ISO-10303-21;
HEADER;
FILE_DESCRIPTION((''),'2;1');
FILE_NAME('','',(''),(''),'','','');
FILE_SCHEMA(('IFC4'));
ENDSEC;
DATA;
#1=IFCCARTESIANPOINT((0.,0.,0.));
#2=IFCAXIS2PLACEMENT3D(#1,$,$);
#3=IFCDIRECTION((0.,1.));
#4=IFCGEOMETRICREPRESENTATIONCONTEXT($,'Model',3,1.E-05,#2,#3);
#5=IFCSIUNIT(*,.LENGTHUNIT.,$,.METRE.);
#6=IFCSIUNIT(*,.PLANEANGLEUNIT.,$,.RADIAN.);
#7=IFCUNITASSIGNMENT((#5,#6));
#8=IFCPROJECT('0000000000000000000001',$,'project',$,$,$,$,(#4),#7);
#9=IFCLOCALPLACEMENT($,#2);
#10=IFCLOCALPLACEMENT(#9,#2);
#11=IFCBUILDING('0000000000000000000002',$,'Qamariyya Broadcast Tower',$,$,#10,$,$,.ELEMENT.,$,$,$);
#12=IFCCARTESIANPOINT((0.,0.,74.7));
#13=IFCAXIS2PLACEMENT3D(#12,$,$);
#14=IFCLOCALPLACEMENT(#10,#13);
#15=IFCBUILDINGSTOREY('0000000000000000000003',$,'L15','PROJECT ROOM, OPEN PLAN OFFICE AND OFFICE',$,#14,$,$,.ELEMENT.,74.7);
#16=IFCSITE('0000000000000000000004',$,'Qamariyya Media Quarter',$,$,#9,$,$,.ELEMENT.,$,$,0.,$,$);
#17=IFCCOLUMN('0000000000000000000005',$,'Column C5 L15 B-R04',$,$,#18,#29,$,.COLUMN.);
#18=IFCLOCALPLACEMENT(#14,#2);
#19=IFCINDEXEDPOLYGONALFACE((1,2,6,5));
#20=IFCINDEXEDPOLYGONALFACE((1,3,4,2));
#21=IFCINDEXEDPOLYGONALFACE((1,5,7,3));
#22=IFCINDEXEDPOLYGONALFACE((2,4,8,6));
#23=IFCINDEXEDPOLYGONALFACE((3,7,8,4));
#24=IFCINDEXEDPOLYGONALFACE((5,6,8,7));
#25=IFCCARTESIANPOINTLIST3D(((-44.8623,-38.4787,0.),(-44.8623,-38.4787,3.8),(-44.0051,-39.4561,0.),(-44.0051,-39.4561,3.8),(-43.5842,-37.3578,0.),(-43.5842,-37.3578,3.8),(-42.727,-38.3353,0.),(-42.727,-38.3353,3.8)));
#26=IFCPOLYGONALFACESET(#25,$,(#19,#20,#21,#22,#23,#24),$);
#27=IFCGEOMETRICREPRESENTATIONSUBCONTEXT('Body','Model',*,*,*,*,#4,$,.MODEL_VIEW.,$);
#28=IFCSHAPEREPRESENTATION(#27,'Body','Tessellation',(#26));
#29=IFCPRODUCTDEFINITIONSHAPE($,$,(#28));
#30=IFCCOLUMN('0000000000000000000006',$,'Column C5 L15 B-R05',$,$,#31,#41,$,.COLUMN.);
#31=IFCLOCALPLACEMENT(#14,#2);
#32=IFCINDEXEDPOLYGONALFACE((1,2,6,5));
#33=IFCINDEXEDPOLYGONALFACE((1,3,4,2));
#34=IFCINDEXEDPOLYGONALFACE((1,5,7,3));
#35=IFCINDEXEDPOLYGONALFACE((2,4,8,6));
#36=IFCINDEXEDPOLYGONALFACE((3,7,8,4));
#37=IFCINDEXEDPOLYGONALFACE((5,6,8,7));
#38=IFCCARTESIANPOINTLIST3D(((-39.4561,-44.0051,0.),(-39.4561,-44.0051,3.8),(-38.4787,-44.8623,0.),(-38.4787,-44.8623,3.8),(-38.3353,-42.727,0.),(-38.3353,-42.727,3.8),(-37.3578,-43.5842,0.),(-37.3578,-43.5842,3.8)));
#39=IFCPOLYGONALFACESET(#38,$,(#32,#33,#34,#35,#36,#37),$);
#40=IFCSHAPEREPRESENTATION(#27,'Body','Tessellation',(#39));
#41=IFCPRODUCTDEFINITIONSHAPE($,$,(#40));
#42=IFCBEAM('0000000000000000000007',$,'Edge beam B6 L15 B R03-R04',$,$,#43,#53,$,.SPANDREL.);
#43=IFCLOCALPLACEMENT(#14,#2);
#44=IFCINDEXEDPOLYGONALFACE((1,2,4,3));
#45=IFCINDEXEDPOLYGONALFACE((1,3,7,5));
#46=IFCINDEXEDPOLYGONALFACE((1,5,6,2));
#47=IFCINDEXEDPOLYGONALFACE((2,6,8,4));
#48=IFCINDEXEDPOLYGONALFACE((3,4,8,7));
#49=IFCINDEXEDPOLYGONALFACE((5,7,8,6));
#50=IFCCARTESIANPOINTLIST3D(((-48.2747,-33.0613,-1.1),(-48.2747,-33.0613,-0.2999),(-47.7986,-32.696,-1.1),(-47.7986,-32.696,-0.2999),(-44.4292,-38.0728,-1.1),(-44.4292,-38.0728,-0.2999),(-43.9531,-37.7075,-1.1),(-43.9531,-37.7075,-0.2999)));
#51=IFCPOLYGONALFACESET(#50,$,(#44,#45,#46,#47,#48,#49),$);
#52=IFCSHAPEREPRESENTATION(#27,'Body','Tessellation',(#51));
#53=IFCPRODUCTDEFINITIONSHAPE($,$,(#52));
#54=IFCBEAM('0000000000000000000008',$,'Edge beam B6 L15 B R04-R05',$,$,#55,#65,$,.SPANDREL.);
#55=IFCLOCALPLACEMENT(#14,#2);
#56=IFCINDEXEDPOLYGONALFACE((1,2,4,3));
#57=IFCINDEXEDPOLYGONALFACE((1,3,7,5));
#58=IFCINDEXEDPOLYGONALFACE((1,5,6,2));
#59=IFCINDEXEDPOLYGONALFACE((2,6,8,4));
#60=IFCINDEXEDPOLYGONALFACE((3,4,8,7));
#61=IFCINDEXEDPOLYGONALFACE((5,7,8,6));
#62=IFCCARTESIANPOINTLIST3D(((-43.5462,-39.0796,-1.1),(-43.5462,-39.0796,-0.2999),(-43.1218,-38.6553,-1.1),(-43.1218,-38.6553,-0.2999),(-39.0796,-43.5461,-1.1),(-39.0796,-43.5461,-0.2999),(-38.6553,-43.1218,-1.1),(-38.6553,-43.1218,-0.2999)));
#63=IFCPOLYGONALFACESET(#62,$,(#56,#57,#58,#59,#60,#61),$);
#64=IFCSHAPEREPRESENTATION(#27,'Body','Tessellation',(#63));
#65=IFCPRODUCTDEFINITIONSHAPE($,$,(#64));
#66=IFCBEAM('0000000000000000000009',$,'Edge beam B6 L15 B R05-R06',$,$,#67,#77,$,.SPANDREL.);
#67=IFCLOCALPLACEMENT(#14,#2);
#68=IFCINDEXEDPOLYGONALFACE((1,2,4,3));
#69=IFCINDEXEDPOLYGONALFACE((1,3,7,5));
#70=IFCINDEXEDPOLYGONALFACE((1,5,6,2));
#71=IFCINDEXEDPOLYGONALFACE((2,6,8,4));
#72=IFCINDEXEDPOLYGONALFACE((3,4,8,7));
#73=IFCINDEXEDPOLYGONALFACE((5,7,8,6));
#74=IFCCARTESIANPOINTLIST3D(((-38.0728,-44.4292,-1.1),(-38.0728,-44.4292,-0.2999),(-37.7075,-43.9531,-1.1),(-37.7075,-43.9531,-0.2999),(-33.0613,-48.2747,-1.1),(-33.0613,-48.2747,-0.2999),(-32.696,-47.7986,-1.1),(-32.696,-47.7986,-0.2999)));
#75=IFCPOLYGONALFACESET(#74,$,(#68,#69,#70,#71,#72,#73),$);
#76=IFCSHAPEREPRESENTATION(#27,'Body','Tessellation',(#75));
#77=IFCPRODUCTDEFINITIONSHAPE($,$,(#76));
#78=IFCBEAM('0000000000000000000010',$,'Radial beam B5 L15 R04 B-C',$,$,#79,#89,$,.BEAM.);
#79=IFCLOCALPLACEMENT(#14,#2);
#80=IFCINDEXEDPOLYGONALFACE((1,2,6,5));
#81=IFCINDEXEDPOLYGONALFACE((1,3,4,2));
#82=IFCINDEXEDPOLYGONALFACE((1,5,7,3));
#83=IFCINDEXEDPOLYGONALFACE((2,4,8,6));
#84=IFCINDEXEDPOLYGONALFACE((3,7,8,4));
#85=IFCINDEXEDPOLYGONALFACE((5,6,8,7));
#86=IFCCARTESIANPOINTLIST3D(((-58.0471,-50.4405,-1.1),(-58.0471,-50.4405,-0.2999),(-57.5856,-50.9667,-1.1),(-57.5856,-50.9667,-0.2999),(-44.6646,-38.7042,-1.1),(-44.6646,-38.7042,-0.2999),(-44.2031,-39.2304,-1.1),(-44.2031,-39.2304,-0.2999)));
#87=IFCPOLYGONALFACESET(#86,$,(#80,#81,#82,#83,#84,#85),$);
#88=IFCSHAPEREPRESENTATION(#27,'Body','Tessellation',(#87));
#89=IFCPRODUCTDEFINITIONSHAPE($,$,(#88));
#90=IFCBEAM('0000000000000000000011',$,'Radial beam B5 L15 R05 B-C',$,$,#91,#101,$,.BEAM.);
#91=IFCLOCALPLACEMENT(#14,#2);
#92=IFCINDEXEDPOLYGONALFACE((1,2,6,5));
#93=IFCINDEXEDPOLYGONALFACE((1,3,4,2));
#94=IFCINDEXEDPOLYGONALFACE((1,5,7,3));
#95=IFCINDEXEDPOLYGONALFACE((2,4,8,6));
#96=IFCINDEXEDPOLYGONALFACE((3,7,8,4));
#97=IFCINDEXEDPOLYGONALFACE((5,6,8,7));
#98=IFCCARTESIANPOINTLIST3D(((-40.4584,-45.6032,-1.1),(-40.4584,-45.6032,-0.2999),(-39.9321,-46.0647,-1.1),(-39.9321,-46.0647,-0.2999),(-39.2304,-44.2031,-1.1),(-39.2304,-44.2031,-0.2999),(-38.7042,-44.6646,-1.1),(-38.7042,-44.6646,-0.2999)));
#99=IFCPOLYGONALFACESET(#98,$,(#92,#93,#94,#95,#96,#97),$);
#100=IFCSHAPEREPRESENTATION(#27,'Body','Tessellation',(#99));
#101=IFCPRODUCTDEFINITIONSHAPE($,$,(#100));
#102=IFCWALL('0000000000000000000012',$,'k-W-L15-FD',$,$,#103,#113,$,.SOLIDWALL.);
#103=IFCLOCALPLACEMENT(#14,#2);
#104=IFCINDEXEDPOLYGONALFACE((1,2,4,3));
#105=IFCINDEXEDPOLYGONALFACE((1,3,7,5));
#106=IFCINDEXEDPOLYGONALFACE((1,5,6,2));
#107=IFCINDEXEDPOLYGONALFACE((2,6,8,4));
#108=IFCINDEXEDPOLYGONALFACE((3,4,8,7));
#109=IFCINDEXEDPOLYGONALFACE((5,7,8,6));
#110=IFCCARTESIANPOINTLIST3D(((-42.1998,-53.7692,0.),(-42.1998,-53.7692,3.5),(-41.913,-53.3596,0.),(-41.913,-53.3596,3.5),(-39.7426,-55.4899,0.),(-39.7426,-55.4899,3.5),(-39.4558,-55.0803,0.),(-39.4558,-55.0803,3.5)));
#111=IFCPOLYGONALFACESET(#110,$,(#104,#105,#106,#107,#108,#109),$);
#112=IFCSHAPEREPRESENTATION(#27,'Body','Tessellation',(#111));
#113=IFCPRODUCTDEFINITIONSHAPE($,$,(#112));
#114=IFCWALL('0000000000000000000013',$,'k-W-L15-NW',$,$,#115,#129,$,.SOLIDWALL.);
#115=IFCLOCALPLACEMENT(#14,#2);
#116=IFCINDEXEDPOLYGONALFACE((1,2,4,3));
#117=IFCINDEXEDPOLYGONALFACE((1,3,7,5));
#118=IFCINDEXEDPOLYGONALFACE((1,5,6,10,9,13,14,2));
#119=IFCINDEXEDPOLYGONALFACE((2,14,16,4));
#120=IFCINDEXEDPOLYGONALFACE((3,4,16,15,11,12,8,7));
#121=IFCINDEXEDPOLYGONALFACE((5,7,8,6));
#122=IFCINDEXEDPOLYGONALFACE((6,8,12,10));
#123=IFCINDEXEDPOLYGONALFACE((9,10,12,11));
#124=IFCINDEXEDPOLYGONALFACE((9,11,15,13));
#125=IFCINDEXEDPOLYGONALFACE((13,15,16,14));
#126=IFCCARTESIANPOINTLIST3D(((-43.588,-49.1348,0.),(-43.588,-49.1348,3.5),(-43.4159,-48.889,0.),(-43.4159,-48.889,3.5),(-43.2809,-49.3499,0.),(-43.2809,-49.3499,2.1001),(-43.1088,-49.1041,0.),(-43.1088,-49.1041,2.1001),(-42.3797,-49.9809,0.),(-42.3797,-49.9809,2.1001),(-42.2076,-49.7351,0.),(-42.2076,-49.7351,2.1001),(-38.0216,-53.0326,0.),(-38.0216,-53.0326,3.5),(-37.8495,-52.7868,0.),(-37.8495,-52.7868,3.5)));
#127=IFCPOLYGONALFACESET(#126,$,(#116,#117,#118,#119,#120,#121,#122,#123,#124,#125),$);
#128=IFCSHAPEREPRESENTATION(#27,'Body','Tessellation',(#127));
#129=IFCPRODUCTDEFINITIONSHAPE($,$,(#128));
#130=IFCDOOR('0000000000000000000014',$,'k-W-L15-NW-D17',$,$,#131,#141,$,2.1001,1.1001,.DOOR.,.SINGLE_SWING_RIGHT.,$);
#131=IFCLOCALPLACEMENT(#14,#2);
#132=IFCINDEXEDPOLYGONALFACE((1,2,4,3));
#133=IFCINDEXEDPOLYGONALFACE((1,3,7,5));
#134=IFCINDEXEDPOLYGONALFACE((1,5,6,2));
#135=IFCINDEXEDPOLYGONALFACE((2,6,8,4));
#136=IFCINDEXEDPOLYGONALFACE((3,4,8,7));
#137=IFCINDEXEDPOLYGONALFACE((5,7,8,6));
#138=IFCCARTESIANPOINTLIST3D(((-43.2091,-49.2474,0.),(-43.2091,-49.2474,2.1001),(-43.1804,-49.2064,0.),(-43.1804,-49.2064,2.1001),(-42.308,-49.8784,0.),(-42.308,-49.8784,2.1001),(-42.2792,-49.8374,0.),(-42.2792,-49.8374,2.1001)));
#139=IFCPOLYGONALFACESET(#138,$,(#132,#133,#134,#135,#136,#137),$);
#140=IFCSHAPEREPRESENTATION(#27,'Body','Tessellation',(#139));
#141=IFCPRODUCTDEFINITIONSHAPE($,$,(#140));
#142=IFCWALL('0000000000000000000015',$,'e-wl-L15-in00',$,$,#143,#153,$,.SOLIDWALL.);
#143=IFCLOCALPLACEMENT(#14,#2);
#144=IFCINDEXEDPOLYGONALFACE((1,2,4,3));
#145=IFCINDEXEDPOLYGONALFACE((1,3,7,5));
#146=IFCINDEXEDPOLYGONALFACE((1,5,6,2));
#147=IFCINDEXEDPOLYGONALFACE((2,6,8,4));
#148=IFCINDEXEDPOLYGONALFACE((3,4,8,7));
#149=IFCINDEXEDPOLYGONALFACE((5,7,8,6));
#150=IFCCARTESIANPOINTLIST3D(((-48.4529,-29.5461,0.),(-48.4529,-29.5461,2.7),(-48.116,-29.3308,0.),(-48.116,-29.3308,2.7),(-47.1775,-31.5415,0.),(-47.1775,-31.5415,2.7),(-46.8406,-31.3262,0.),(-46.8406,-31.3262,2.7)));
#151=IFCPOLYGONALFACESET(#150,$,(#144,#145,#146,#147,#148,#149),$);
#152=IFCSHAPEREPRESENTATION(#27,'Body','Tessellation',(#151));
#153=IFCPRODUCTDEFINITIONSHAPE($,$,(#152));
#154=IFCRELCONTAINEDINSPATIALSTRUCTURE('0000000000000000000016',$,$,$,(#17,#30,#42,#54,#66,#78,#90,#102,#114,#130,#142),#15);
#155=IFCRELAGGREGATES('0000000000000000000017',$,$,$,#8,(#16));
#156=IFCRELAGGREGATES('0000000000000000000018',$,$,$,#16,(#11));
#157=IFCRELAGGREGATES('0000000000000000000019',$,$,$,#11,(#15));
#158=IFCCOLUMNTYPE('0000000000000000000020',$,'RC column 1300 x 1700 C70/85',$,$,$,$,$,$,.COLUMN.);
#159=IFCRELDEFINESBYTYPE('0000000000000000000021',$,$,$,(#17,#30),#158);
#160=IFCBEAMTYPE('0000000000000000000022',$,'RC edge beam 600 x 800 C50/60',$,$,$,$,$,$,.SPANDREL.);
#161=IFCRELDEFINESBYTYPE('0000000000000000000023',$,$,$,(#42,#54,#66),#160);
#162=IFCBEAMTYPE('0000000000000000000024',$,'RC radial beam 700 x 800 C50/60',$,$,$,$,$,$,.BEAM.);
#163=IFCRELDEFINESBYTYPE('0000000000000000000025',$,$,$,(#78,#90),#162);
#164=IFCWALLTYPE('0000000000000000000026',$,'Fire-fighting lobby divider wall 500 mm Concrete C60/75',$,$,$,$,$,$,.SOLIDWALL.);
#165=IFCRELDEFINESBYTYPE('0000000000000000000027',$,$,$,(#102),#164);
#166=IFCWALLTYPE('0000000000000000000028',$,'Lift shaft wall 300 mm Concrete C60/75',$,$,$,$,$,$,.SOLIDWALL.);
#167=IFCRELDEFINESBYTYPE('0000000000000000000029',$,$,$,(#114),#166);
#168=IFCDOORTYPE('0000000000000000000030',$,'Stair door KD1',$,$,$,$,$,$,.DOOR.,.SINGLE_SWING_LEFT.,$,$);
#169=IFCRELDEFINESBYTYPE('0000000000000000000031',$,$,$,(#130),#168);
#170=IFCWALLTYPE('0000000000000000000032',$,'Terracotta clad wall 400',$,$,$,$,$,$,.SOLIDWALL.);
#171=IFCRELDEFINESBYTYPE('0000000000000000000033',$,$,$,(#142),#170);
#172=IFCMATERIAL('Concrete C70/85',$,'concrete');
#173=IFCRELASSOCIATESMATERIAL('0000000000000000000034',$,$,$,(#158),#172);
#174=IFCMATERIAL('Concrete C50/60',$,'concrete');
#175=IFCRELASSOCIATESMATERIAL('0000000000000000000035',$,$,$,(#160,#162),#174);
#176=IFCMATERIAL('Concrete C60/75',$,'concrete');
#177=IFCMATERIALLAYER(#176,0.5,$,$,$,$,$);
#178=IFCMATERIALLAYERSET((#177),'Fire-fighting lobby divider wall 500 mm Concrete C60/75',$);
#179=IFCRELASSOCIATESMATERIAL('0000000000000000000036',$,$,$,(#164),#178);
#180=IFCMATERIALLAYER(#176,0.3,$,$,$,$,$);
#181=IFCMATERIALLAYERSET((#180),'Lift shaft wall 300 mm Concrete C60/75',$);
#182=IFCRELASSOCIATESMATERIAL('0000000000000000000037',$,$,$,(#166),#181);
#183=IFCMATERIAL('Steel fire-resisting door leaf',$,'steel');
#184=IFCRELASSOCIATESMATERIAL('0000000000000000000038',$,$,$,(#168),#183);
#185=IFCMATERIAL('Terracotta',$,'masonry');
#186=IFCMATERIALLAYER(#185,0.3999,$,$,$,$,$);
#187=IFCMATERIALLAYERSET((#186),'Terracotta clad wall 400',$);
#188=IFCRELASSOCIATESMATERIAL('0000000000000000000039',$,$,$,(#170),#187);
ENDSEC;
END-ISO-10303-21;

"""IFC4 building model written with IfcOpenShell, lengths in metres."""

from ifc_helpers import new_model, si_unit, direction, frame, frame_2d, origin, origin_2d, place, context, subcontext, project, spatial, rectangle, extrude, material, layer, layer_set, material_profile, profile_set, type_object, element, fill, save


model = new_model("IFC4")

# Units and contexts
model_context = context("Model", 3, precision=1e-05, world=origin(), true_north=direction((0.0, 1.0)))
body_context = subcontext(model_context, "Body", "Model", "MODEL_VIEW")
ifc_project = project(units=[si_unit("LENGTHUNIT", "METRE"), si_unit("PLANEANGLEUNIT", "RADIAN")], contexts=[model_context])

# Site, building, storey
site_placement = place(None, origin())
site = spatial("IfcSite", under=ifc_project, at=site_placement, Name="Qamariyya Media Quarter", CompositionType="ELEMENT", RefElevation=0.0)
building_placement = place(site_placement, origin())
building = spatial("IfcBuilding", under=site, at=building_placement, Name="Qamariyya Broadcast Tower", CompositionType="ELEMENT")
storey_placement = place(building_placement, frame((0.0, 0.0, 74.7)))
storey = spatial("IfcBuildingStorey", under=building, at=storey_placement, Name="L15", Description="PROJECT ROOM, OPEN PLAN OFFICE AND OFFICE", CompositionType="ELEMENT", Elevation=74.7)

# Columns
ifc_material_1 = material(Name="Concrete C70/85", Category="concrete")
ifc_material_profile_1 = material_profile(ifc_material_1, rectangle(XDim=1.3, YDim=1.7, at=origin_2d()))
ifc_profile_set_1 = profile_set([ifc_material_profile_1], Name="Concrete C70/85")
column_type = type_object("IfcColumnType", Name="RC column 1300 x 1700 C70/85", PredefinedType="COLUMN", material=ifc_profile_set_1)
for number, where, z_axis, x_axis, name in (
    (1, (-43.7947, -38.407, 0.0), (0.0, 0.0, 1.0), (0.659346, -0.75184, 0.0), "Column C5 L15 B-R04"),
    (2, (-38.407, -43.7947, 0.0), (0.0, 0.0, 1.0), (0.75184, -0.659346, 0.0), "Column C5 L15 B-R05"),
):
    element("IfcColumn", number, at=place(storey_placement, frame(where, z_axis=z_axis, x_axis=x_axis)), inside=storey, type_object=column_type, Name=name, PredefinedType="COLUMN", context=body_context, shape_type="SweptSolid", body=[
        extrude(rectangle(XDim=1.3, YDim=1.7, at=origin_2d()), origin(), (0.0, 0.0, 1.0), 3.8),
    ])

# Beams
ifc_material_2 = material(Name="Concrete C50/60", Category="concrete")
ifc_material_profile_2 = material_profile(ifc_material_2, rectangle(XDim=0.6001, YDim=0.8, at=origin_2d()))
ifc_profile_set_2 = profile_set([ifc_material_profile_2], Name="Concrete C50/60")
beam_type_1 = type_object("IfcBeamType", Name="RC edge beam 600 x 800 C50/60", PredefinedType="SPANDREL", material=ifc_profile_set_2)
beam_1_placement = place(storey_placement, frame((-48.0366, -32.8787, -0.7), z_axis=(0.608763, -0.793352, 0.0), x_axis=(0.793352, 0.608763, 0.0)))
element("IfcBeam", 3, at=beam_1_placement, inside=storey, type_object=beam_type_1, Name="Edge beam B6 L15 B R03-R04", PredefinedType="SPANDREL", context=body_context, shape_type="SweptSolid", body=[
    extrude(rectangle(XDim=0.6001, YDim=0.8, at=origin_2d()), origin(), (0.0, 0.0, 1.0), 6.3169),
])
beam_2_placement = place(storey_placement, frame((-43.334, -38.8674, -0.7), z_axis=(0.707107, -0.707107, 0.0), x_axis=(0.707107, 0.707107, 0.0)))
element("IfcBeam", 4, at=beam_2_placement, inside=storey, type_object=beam_type_1, Name="Edge beam B6 L15 B R04-R05", PredefinedType="SPANDREL", context=body_context, shape_type="SweptSolid", body=[
    extrude(rectangle(XDim=0.6001, YDim=0.8, at=origin_2d()), origin(), (0.0, 0.0, 1.0), 6.3167),
])
beam_3_placement = place(storey_placement, frame((-37.8901, -44.1912, -0.7), z_axis=(0.793352, -0.608763, 0.0), x_axis=(0.608763, 0.793352, 0.0)))
element("IfcBeam", 5, at=beam_3_placement, inside=storey, type_object=beam_type_1, Name="Edge beam B6 L15 B R05-R06", PredefinedType="SPANDREL", context=body_context, shape_type="SweptSolid", body=[
    extrude(rectangle(XDim=0.6001, YDim=0.8, at=origin_2d()), origin(), (0.0, 0.0, 1.0), 6.3169),
])
ifc_material_profile_3 = material_profile(ifc_material_2, rectangle(XDim=0.7, YDim=0.8, at=origin_2d()))
ifc_profile_set_3 = profile_set([ifc_material_profile_3], Name="Concrete C50/60")
beam_type_2 = type_object("IfcBeamType", Name="RC radial beam 700 x 800 C50/60", PredefinedType="BEAM", material=ifc_profile_set_3)
beam_4_placement = place(storey_placement, frame((-44.4338, -38.9673, -0.7), z_axis=(-0.751836, -0.65935, 0.0), x_axis=(0.65935, -0.751836, 0.0)))
element("IfcBeam", 6, at=beam_4_placement, inside=storey, type_object=beam_type_2, Name="Radial beam B5 L15 R04 B-C", PredefinedType="BEAM", context=body_context, shape_type="SweptSolid", body=[
    extrude(rectangle(XDim=0.7, YDim=0.8, at=origin_2d()), origin(), (0.0, 0.0, 1.0), 17.7998),
])
beam_5_placement = place(storey_placement, frame((-38.9673, -44.4338, -0.7), z_axis=(-0.659386, -0.751805, 0.0), x_axis=(0.751805, -0.659386, 0.0)))
element("IfcBeam", 7, at=beam_5_placement, inside=storey, type_object=beam_type_2, Name="Radial beam B5 L15 R05 B-C", PredefinedType="BEAM", context=body_context, shape_type="SweptSolid", body=[
    extrude(rectangle(XDim=0.7, YDim=0.8, at=origin_2d()), origin(), (0.0, 0.0, 1.0), 1.8623),
])

# Wall
ifc_material_3 = material(Name="Concrete C60/75", Category="concrete")
ifc_layer_1 = layer(ifc_material_3, 0.5)
ifc_layer_set_1 = layer_set([ifc_layer_1], Name="Fire-fighting lobby divider wall 500 mm Concrete C60/75")
wall_type_1 = type_object("IfcWallType", Name="Fire-fighting lobby divider wall 500 mm Concrete C60/75", PredefinedType="SOLIDWALL", material=ifc_layer_set_1)
wall_1_placement = place(storey_placement, frame((-39.5991, -55.2852, 0.0), z_axis=(0.0, 0.0, 1.0), x_axis=(-0.819136, 0.573599, 0.0)))
element("IfcWall", 8, at=wall_1_placement, inside=storey, type_object=wall_type_1, Name="k-W-L15-FD", PredefinedType="SOLIDWALL", context=body_context, shape_type="SweptSolid", body=[
    extrude(rectangle(XDim=2.9998, YDim=0.5, at=frame_2d((1.5, 0.0))), origin(), (0.0, 0.0, 1.0), 3.5),
])

# Wall, opening, door
ifc_layer_2 = layer(ifc_material_3, 0.3)
ifc_layer_set_2 = layer_set([ifc_layer_2], Name="Lift shaft wall 300 mm Concrete C60/75")
wall_type_2 = type_object("IfcWallType", Name="Lift shaft wall 300 mm Concrete C60/75", PredefinedType="SOLIDWALL", material=ifc_layer_set_2)
wall_2_placement = place(storey_placement, frame((-37.9355, -52.9097, 0.0), z_axis=(0.0, 0.0, 1.0), x_axis=(-0.819148, 0.573583, 0.0)))
wall_2 = element("IfcWall", 9, at=wall_2_placement, inside=storey, type_object=wall_type_2, Name="k-W-L15-NW", PredefinedType="SOLIDWALL", context=body_context, shape_type="SweptSolid", body=[
    extrude(rectangle(XDim=6.7954, YDim=0.3, at=frame_2d((3.3977, 0.0))), origin(), (0.0, 0.0, 1.0), 3.5),
])
opening_1_placement = place(wall_2_placement, frame((5.3203, 0.0, 0.0)))
opening_1 = element("IfcOpeningElement", 10, at=opening_1_placement, cuts=wall_2, PredefinedType="OPENING", context=body_context, shape_type="SweptSolid", body=[
    extrude(rectangle(XDim=1.1001, YDim=2.1001, at=frame_2d((0.55, 1.05))), frame((0.0, 0.1599, 0.0), z_axis=(0.0, -1.0, 0.0), x_axis=(1.0, 0.0, 0.0)), (0.0, 0.0, 1.0), 0.3201),
])
ifc_material_4 = material(Name="Steel fire-resisting door leaf", Category="steel")
door_type = type_object("IfcDoorType", Name="Stair door KD1", OperationType="SINGLE_SWING_LEFT", PredefinedType="DOOR", material=ifc_material_4)
door_placement = place(opening_1_placement, origin())
door = element("IfcDoor", 11, at=door_placement, inside=storey, type_object=door_type, Name="k-W-L15-NW-D17", OperationType="SINGLE_SWING_RIGHT", OverallHeight=2.1001, OverallWidth=1.1001, PredefinedType="DOOR", context=body_context, shape_type="SweptSolid", body=[
    extrude(rectangle(XDim=1.1001, YDim=2.1001, at=frame_2d((0.55, 1.05))), frame((0.0, 0.0249, 0.0), z_axis=(0.0, -1.0, 0.0), x_axis=(1.0, 0.0, 0.0)), (0.0, 0.0, 1.0), 0.05),
])
fill(opening_1, door)

# Wall
ifc_material_5 = material(Name="Terracotta", Category="masonry")
ifc_layer_3 = layer(ifc_material_5, 0.3999)
ifc_layer_set_3 = layer_set([ifc_layer_3], Name="Terracotta clad wall 400")
wall_type_3 = type_object("IfcWallType", Name="Terracotta clad wall 400", PredefinedType="SOLIDWALL", material=ifc_layer_set_3)
wall_3_placement = place(storey_placement, frame((-47.009, -31.4338, 0.0), z_axis=(0.0, 0.0, 1.0), x_axis=(-0.538562, 0.842586, 0.0)))
element("IfcWall", 12, at=wall_3_placement, inside=storey, type_object=wall_type_3, Name="e-wl-L15-in00", PredefinedType="SOLIDWALL", context=body_context, shape_type="SweptSolid", body=[
    extrude(rectangle(XDim=2.3682, YDim=0.3999, at=frame_2d((1.1841, 0.0))), origin(), (0.0, 0.0, 1.0), 2.7),
])

save(model, "model.ifc")
